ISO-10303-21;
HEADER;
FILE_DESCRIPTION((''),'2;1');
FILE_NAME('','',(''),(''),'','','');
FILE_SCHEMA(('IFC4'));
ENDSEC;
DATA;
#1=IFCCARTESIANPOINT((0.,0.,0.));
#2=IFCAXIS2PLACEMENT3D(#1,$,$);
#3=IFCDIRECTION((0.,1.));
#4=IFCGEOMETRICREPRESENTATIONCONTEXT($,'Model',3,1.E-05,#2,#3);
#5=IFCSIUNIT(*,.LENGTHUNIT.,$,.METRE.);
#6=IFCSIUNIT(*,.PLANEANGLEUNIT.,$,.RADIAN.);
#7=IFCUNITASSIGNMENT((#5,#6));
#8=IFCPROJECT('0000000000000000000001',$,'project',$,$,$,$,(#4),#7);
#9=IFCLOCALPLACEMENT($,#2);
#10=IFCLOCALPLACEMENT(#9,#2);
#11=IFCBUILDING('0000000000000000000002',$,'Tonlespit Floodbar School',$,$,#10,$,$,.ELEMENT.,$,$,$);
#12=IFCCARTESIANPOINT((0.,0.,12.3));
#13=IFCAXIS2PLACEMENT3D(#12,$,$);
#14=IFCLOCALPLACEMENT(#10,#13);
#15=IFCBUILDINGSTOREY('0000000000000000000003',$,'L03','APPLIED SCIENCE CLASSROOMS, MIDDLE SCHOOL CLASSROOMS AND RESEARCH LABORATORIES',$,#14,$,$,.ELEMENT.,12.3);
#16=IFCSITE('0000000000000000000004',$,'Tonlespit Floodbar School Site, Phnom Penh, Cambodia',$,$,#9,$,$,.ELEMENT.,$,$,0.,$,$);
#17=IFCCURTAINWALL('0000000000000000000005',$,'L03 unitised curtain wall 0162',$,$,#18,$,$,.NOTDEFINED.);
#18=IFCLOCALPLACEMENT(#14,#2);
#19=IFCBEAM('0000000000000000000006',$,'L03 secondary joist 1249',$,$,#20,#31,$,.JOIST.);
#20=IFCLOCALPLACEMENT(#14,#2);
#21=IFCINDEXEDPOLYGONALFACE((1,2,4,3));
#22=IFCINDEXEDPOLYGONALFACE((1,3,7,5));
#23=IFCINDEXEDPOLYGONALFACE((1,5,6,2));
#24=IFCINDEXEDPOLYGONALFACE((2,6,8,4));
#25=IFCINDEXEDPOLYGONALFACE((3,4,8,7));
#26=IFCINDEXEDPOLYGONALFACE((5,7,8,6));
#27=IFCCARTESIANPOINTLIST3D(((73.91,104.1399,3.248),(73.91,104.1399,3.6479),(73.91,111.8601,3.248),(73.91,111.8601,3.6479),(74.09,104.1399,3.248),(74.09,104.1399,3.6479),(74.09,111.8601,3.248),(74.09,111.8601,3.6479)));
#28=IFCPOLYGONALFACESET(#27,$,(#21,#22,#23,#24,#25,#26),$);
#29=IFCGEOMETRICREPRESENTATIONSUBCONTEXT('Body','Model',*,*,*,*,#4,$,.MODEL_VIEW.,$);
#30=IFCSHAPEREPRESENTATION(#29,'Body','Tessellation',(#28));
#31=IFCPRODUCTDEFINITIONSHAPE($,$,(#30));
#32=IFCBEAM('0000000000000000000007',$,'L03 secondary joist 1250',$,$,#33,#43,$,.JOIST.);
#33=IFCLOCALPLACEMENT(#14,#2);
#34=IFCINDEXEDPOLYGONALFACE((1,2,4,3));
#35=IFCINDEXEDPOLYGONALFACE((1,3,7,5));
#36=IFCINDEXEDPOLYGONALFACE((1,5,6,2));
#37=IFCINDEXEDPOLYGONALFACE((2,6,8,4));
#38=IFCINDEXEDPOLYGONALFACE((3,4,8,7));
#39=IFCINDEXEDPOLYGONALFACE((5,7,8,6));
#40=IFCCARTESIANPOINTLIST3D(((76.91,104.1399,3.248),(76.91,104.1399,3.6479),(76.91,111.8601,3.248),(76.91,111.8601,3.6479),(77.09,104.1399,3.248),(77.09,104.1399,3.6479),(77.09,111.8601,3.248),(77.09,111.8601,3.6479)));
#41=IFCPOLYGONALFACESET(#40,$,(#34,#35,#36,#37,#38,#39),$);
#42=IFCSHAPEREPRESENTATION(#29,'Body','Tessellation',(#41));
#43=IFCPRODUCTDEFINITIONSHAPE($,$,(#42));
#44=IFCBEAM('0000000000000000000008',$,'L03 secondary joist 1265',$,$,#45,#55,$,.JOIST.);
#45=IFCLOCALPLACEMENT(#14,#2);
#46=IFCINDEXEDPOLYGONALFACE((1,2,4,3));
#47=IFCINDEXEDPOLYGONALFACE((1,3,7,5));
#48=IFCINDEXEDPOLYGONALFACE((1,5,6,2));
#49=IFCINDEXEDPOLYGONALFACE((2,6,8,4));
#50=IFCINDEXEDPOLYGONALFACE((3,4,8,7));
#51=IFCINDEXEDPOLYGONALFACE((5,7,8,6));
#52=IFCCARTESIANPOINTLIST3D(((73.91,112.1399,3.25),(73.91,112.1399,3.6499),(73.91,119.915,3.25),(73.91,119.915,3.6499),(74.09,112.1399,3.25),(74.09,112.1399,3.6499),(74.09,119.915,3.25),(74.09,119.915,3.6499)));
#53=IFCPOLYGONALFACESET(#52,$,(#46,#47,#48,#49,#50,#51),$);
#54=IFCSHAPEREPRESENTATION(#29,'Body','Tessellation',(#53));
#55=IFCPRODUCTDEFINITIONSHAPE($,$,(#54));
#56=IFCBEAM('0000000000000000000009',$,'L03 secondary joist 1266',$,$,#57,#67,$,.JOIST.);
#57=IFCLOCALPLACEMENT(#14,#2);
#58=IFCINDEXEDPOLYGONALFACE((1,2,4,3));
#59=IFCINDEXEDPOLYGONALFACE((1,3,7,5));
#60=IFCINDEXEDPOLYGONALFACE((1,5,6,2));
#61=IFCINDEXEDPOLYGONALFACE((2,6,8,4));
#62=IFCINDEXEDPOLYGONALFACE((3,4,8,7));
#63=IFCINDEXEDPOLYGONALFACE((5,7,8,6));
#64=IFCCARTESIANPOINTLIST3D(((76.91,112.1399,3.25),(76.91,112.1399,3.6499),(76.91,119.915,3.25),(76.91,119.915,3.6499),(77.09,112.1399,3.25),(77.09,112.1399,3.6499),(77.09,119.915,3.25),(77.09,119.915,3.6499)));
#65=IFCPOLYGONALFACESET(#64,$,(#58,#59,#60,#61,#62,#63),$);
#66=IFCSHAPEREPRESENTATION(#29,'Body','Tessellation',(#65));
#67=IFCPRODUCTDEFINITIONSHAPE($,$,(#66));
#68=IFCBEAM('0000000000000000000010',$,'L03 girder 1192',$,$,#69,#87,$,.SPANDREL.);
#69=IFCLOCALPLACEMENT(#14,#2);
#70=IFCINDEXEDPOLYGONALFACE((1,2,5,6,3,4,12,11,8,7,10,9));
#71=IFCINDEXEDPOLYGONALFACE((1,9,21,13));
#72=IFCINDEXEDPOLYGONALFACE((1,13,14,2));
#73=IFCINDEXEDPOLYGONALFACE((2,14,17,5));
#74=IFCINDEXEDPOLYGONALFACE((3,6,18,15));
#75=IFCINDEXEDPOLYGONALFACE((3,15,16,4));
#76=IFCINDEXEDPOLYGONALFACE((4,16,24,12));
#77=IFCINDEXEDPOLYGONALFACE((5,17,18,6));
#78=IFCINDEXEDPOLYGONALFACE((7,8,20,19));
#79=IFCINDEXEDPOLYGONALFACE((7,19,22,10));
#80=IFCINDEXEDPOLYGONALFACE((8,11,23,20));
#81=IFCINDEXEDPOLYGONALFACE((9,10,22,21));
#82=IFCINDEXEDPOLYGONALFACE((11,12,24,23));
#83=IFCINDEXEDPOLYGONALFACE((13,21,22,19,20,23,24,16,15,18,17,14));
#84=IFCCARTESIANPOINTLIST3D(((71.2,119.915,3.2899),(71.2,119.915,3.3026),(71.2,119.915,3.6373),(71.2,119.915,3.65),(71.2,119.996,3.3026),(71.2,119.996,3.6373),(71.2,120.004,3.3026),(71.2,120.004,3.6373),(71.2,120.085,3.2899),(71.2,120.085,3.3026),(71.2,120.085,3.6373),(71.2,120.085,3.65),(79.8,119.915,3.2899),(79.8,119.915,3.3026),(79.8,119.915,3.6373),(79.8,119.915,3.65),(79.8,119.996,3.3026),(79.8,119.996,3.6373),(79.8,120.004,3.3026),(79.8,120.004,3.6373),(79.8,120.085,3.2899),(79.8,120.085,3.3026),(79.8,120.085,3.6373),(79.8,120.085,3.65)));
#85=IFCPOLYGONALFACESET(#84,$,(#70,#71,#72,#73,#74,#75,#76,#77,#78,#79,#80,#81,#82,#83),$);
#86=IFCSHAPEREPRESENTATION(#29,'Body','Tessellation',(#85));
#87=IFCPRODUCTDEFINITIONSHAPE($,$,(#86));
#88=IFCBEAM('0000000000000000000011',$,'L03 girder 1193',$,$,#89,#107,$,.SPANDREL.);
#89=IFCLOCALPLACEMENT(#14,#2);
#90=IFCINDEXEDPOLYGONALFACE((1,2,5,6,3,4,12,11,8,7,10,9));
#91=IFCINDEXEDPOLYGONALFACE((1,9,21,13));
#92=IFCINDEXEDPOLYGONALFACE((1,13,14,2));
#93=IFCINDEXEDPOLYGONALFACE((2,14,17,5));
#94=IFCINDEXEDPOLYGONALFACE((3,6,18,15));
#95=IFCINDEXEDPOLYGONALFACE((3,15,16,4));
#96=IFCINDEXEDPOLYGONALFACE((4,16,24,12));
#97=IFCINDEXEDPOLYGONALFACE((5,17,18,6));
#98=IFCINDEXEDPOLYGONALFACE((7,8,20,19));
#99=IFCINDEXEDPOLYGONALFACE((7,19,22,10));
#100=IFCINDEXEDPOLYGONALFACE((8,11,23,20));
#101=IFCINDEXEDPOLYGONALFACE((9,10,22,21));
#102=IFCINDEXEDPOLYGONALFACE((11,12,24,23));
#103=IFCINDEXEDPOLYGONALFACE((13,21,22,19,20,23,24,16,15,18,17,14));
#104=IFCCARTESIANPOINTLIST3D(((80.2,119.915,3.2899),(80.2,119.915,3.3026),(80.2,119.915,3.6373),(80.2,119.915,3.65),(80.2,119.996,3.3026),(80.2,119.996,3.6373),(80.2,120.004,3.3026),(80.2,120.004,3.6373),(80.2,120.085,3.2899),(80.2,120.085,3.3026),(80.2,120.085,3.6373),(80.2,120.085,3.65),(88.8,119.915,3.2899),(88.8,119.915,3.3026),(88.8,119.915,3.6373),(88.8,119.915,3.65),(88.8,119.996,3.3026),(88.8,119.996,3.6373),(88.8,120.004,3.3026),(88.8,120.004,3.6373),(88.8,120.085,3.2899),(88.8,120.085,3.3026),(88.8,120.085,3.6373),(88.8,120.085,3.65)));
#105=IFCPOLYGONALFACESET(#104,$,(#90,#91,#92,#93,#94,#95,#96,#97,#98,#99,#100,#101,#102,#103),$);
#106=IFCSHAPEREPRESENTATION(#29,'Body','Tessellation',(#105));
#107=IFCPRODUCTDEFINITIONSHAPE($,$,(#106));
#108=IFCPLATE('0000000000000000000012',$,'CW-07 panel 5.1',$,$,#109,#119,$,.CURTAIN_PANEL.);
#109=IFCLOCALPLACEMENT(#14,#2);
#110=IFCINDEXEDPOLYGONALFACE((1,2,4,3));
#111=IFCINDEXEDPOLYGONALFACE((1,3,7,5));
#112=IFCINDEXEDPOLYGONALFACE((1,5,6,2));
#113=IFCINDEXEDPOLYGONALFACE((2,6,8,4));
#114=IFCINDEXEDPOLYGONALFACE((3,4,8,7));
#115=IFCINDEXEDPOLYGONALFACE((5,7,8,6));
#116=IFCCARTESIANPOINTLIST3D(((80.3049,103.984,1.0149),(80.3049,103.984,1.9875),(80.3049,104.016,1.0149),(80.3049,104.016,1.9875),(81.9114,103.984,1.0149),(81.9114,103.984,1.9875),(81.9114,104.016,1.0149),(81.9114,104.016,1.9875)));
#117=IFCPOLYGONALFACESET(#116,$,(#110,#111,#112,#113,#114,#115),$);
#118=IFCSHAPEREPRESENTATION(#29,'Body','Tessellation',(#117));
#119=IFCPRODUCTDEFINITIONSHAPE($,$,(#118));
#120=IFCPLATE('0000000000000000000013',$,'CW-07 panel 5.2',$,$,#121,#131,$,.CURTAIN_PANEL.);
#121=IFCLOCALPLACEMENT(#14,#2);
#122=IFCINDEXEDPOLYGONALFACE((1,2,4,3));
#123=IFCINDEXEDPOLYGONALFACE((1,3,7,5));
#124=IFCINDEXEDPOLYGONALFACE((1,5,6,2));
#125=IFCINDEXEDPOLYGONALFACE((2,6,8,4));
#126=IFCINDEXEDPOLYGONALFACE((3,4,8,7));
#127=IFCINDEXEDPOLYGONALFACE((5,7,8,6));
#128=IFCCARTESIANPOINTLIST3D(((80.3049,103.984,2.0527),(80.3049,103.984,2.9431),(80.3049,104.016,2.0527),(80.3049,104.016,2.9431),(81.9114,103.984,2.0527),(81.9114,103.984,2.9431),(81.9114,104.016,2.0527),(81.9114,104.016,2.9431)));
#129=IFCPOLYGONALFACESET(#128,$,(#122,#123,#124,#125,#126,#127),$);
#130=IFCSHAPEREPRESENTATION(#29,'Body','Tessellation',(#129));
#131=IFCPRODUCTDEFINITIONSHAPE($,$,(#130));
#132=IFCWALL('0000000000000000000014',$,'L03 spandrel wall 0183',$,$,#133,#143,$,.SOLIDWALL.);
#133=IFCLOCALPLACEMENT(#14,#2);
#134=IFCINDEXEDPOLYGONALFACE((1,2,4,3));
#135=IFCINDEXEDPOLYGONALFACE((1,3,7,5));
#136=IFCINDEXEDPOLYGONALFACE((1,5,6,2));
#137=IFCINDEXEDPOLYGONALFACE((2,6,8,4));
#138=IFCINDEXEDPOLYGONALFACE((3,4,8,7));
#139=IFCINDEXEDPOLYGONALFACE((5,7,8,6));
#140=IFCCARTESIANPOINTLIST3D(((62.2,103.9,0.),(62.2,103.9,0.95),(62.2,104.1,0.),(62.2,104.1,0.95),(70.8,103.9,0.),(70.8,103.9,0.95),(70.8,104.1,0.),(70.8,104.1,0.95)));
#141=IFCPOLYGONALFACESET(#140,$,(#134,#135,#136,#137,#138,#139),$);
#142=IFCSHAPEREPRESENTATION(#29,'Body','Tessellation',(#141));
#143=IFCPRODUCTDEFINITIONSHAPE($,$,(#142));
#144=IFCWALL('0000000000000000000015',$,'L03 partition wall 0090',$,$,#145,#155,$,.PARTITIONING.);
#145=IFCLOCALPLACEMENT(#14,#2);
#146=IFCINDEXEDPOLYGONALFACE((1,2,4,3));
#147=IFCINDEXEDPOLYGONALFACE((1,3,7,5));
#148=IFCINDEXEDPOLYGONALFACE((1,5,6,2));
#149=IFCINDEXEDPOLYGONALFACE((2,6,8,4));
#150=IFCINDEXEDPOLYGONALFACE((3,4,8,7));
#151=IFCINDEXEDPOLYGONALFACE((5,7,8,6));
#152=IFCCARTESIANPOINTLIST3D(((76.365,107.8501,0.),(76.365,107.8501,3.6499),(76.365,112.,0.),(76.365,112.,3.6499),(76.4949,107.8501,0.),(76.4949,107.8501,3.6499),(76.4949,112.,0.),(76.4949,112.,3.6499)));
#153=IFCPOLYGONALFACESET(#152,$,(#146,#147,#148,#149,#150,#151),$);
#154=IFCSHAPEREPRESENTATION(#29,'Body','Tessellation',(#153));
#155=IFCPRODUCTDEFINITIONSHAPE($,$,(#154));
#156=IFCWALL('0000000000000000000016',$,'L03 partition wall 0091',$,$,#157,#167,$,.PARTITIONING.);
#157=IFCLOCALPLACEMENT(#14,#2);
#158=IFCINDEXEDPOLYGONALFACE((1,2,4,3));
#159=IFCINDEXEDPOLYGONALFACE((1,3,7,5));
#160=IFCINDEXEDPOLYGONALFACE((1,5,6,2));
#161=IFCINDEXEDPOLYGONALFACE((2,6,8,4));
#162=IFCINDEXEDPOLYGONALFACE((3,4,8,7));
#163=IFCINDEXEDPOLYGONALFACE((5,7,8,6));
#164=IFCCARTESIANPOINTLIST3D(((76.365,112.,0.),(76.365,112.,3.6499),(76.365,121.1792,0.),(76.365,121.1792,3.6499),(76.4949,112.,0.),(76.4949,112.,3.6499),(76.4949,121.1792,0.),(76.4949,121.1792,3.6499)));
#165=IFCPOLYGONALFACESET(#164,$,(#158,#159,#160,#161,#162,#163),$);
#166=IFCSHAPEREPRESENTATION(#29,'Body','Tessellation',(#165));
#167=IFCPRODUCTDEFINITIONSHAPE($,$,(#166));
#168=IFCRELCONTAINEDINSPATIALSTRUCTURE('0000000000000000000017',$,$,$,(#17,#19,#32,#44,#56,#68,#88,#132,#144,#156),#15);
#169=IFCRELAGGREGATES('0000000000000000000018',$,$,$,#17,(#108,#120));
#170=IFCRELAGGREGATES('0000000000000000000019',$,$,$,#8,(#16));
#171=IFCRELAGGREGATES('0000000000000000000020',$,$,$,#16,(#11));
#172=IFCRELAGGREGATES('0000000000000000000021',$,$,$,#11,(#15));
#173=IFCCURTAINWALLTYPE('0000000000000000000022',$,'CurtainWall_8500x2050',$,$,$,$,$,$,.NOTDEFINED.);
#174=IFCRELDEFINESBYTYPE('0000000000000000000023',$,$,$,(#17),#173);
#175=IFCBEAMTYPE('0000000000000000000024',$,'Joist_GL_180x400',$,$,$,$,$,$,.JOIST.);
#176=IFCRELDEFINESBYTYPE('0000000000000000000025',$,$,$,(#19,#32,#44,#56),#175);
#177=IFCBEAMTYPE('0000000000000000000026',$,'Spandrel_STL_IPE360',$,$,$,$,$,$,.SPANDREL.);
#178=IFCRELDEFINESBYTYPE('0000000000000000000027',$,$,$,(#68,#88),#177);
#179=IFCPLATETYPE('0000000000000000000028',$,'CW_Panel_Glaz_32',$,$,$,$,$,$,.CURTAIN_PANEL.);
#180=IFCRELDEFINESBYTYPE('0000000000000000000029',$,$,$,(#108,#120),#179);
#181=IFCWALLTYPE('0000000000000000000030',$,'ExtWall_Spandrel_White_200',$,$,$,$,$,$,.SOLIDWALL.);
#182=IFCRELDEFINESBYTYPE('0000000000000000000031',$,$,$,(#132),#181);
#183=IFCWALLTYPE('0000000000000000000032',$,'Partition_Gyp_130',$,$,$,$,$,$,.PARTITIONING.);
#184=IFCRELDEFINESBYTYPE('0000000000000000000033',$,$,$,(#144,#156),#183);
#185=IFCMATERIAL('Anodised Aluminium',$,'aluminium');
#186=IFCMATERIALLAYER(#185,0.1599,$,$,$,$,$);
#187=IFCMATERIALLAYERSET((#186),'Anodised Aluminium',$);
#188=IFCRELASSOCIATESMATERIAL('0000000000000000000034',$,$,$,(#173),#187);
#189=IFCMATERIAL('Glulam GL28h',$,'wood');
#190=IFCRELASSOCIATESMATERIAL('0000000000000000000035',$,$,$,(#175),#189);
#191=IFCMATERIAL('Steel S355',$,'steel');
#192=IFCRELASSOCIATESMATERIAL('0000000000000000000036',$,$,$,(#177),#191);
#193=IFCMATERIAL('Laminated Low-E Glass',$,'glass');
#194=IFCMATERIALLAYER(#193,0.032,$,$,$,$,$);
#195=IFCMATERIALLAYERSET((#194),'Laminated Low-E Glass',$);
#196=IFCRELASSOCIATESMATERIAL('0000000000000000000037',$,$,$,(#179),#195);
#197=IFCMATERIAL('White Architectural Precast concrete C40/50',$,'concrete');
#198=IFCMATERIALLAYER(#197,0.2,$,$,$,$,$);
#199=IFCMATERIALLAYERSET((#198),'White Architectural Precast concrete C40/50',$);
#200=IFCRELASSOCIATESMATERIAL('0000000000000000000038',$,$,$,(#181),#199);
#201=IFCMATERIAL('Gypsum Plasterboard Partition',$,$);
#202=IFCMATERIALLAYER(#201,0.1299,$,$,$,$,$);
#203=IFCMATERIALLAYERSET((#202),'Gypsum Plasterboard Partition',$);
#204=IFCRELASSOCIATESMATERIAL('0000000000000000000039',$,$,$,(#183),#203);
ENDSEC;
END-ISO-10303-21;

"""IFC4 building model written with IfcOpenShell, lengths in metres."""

from ifc_helpers import new_model, si_unit, direction, frame, frame_2d, origin, origin_2d, place, context, subcontext, project, spatial, rectangle, i_section, extrude, material, layer, layer_set, material_profile, profile_set, type_object, element, aggregate, save


model = new_model("IFC4")

# Units and contexts
model_context = context("Model", 3, precision=1e-05, world=origin(), true_north=direction((0.0, 1.0)))
body_context = subcontext(model_context, "Body", "Model", "MODEL_VIEW")
ifc_project = project(units=[si_unit("LENGTHUNIT", "METRE"), si_unit("PLANEANGLEUNIT", "RADIAN")], contexts=[model_context])

# Site, building, storey
site_placement = place(None, origin())
site = spatial("IfcSite", under=ifc_project, at=site_placement, Name="Tonlespit Floodbar School Site, Phnom Penh, Cambodia", CompositionType="ELEMENT", RefElevation=0.0)
building_placement = place(site_placement, origin())
building = spatial("IfcBuilding", under=site, at=building_placement, Name="Tonlespit Floodbar School", CompositionType="ELEMENT")
storey_placement = place(building_placement, frame((0.0, 0.0, 12.3)))
storey = spatial("IfcBuildingStorey", under=building, at=storey_placement, Name="L03", Description="APPLIED SCIENCE CLASSROOMS, MIDDLE SCHOOL CLASSROOMS AND RESEARCH LABORATORIES", CompositionType="ELEMENT", Elevation=12.3)

# Shared definitions
ifc_material_1 = material(Name="Glulam GL28h", Category="wood")

# Curtain wall
ifc_material_2 = material(Name="Anodised Aluminium", Category="aluminium")
ifc_layer_1 = layer(ifc_material_2, 0.1599)
ifc_layer_set_1 = layer_set([ifc_layer_1], Name="Anodised Aluminium")
curtain_wall_type = type_object("IfcCurtainWallType", Name="CurtainWall_8500x2050", PredefinedType="NOTDEFINED", material=ifc_layer_set_1)
curtain_wall_placement = place(storey_placement, origin())
curtain_wall = element("IfcCurtainWall", 1, at=curtain_wall_placement, inside=storey, type_object=curtain_wall_type, Name="L03 unitised curtain wall 0162", PredefinedType="NOTDEFINED")

# Beams
ifc_material_profile_1 = material_profile(ifc_material_1, rectangle(XDim=0.1799, YDim=0.3999, at=origin_2d()), Name="GL 180x400")
ifc_profile_set_1 = profile_set([ifc_material_profile_1], Name="Glulam GL28h")
beam_type_1 = type_object("IfcBeamType", Name="Joist_GL_180x400", PredefinedType="JOIST", material=ifc_profile_set_1)
for number, where, z_axis, x_axis, name in (
    (2, (74.0, 104.1399, 3.448), (0.0, 1.0, 0.0), (-1.0, 0.0, 0.0), "L03 secondary joist 1249"),
    (3, (77.0, 104.1399, 3.448), (0.0, 1.0, 0.0), (-1.0, 0.0, 0.0), "L03 secondary joist 1250"),
):
    element("IfcBeam", number, at=place(storey_placement, frame(where, z_axis=z_axis, x_axis=x_axis)), inside=storey, type_object=beam_type_1, Name=name, PredefinedType="JOIST", context=body_context, shape_type="SweptSolid", body=[
        extrude(rectangle(XDim=0.1799, YDim=0.3999, at=origin_2d()), origin(), (0.0, 0.0, 1.0), 7.7202),
    ])
for number, where, z_axis, x_axis, name in (
    (4, (74.0, 112.1399, 3.45), (0.0, 1.0, 0.0), (-1.0, 0.0, 0.0), "L03 secondary joist 1265"),
    (5, (77.0, 112.1399, 3.45), (0.0, 1.0, 0.0), (-1.0, 0.0, 0.0), "L03 secondary joist 1266"),
):
    element("IfcBeam", number, at=place(storey_placement, frame(where, z_axis=z_axis, x_axis=x_axis)), inside=storey, type_object=beam_type_1, Name=name, PredefinedType="JOIST", context=body_context, shape_type="SweptSolid", body=[
        extrude(rectangle(XDim=0.1799, YDim=0.3999, at=origin_2d()), origin(), (0.0, 0.0, 1.0), 7.7751),
    ])
ifc_material_3 = material(Name="Steel S355", Category="steel")
ifc_material_profile_2 = material_profile(ifc_material_3, i_section(OverallWidth=0.1699, OverallDepth=0.3601, WebThickness=0.0081, FlangeThickness=0.0127, at=origin_2d()), Name="IPE 360")
ifc_profile_set_2 = profile_set([ifc_material_profile_2], Name="Steel S355")
beam_type_2 = type_object("IfcBeamType", Name="Spandrel_STL_IPE360", PredefinedType="SPANDREL", material=ifc_profile_set_2)
for number, where, z_axis, x_axis, name in (
    (6, (71.2, 120.0, 3.47), (1.0, 0.0, 0.0), (0.0, 1.0, 0.0), "L03 girder 1192"),
    (7, (80.2, 120.0, 3.47), (1.0, 0.0, 0.0), (0.0, 1.0, 0.0), "L03 girder 1193"),
):
    element("IfcBeam", number, at=place(storey_placement, frame(where, z_axis=z_axis, x_axis=x_axis)), inside=storey, type_object=beam_type_2, Name=name, PredefinedType="SPANDREL", context=body_context, shape_type="SweptSolid", body=[
        extrude(i_section(OverallWidth=0.1699, OverallDepth=0.3601, WebThickness=0.0081, FlangeThickness=0.0127, at=origin_2d()), origin(), (0.0, 0.0, 1.0), 8.6001),
    ])

# Plates
ifc_material_4 = material(Name="Laminated Low-E Glass", Category="glass")
ifc_layer_2 = layer(ifc_material_4, 0.032)
ifc_layer_set_2 = layer_set([ifc_layer_2], Name="Laminated Low-E Glass")
plate_type = type_object("IfcPlateType", Name="CW_Panel_Glaz_32", PredefinedType="CURTAIN_PANEL", material=ifc_layer_set_2)
plate_1_placement = place(storey_placement, frame((81.1082, 104.0, 1.0149), z_axis=(0.0, 0.0, 1.0), x_axis=(-1.0, 0.0, 0.0)))
plate_1 = element("IfcPlate", 8, at=plate_1_placement, type_object=plate_type, Name="CW-07 panel 5.1", PredefinedType="CURTAIN_PANEL", context=body_context, shape_type="SweptSolid", body=[
    extrude(rectangle(XDim=1.6064, YDim=0.032, at=origin_2d()), origin(), (0.0, 0.0, 1.0), 0.9727),
])
plate_2_placement = place(storey_placement, frame((81.1082, 104.0, 2.0527), z_axis=(0.0, 0.0, 1.0), x_axis=(-1.0, 0.0, 0.0)))
plate_2 = element("IfcPlate", 9, at=plate_2_placement, type_object=plate_type, Name="CW-07 panel 5.2", PredefinedType="CURTAIN_PANEL", context=body_context, shape_type="SweptSolid", body=[
    extrude(rectangle(XDim=1.6064, YDim=0.032, at=origin_2d()), origin(), (0.0, 0.0, 1.0), 0.8904),
])
aggregate(curtain_wall, [plate_1, plate_2])

# Walls
ifc_material_5 = material(Name="White Architectural Precast concrete C40/50", Category="concrete")
ifc_layer_3 = layer(ifc_material_5, 0.2)
ifc_layer_set_3 = layer_set([ifc_layer_3], Name="White Architectural Precast concrete C40/50")
wall_type_1 = type_object("IfcWallType", Name="ExtWall_Spandrel_White_200", PredefinedType="SOLIDWALL", material=ifc_layer_set_3)
wall_1_placement = place(storey_placement, frame((70.8, 104.0, 0.0), z_axis=(0.0, 0.0, 1.0), x_axis=(-1.0, 0.0, 0.0)))
element("IfcWall", 10, at=wall_1_placement, inside=storey, type_object=wall_type_1, Name="L03 spandrel wall 0183", PredefinedType="SOLIDWALL", context=body_context, shape_type="SweptSolid", body=[
    extrude(rectangle(XDim=8.6001, YDim=0.2, at=frame_2d((4.3, 0.0))), origin(), (0.0, 0.0, 1.0), 0.95),
])
ifc_material_6 = material(Name="Gypsum Plasterboard Partition")
ifc_layer_4 = layer(ifc_material_6, 0.1299)
ifc_layer_set_4 = layer_set([ifc_layer_4], Name="Gypsum Plasterboard Partition")
wall_type_2 = type_object("IfcWallType", Name="Partition_Gyp_130", PredefinedType="PARTITIONING", material=ifc_layer_set_4)
wall_2_placement = place(storey_placement, frame((76.4299, 107.8501, 0.0), z_axis=(0.0, 0.0, 1.0), x_axis=(0.0, 1.0, 0.0)))
element("IfcWall", 11, at=wall_2_placement, inside=storey, type_object=wall_type_2, Name="L03 partition wall 0090", PredefinedType="PARTITIONING", context=body_context, shape_type="SweptSolid", body=[
    extrude(rectangle(XDim=4.1499, YDim=0.1299, at=frame_2d((2.075, 0.0))), origin(), (0.0, 0.0, 1.0), 3.6499),
])
wall_3_placement = place(storey_placement, frame((76.4299, 112.0, 0.0), z_axis=(0.0, 0.0, 1.0), x_axis=(0.0, 1.0, 0.0)))
element("IfcWall", 12, at=wall_3_placement, inside=storey, type_object=wall_type_2, Name="L03 partition wall 0091", PredefinedType="PARTITIONING", context=body_context, shape_type="SweptSolid", body=[
    extrude(rectangle(XDim=9.1792, YDim=0.1299, at=frame_2d((4.5896, 0.0))), origin(), (0.0, 0.0, 1.0), 3.6499),
])

save(model, "model.ifc")
